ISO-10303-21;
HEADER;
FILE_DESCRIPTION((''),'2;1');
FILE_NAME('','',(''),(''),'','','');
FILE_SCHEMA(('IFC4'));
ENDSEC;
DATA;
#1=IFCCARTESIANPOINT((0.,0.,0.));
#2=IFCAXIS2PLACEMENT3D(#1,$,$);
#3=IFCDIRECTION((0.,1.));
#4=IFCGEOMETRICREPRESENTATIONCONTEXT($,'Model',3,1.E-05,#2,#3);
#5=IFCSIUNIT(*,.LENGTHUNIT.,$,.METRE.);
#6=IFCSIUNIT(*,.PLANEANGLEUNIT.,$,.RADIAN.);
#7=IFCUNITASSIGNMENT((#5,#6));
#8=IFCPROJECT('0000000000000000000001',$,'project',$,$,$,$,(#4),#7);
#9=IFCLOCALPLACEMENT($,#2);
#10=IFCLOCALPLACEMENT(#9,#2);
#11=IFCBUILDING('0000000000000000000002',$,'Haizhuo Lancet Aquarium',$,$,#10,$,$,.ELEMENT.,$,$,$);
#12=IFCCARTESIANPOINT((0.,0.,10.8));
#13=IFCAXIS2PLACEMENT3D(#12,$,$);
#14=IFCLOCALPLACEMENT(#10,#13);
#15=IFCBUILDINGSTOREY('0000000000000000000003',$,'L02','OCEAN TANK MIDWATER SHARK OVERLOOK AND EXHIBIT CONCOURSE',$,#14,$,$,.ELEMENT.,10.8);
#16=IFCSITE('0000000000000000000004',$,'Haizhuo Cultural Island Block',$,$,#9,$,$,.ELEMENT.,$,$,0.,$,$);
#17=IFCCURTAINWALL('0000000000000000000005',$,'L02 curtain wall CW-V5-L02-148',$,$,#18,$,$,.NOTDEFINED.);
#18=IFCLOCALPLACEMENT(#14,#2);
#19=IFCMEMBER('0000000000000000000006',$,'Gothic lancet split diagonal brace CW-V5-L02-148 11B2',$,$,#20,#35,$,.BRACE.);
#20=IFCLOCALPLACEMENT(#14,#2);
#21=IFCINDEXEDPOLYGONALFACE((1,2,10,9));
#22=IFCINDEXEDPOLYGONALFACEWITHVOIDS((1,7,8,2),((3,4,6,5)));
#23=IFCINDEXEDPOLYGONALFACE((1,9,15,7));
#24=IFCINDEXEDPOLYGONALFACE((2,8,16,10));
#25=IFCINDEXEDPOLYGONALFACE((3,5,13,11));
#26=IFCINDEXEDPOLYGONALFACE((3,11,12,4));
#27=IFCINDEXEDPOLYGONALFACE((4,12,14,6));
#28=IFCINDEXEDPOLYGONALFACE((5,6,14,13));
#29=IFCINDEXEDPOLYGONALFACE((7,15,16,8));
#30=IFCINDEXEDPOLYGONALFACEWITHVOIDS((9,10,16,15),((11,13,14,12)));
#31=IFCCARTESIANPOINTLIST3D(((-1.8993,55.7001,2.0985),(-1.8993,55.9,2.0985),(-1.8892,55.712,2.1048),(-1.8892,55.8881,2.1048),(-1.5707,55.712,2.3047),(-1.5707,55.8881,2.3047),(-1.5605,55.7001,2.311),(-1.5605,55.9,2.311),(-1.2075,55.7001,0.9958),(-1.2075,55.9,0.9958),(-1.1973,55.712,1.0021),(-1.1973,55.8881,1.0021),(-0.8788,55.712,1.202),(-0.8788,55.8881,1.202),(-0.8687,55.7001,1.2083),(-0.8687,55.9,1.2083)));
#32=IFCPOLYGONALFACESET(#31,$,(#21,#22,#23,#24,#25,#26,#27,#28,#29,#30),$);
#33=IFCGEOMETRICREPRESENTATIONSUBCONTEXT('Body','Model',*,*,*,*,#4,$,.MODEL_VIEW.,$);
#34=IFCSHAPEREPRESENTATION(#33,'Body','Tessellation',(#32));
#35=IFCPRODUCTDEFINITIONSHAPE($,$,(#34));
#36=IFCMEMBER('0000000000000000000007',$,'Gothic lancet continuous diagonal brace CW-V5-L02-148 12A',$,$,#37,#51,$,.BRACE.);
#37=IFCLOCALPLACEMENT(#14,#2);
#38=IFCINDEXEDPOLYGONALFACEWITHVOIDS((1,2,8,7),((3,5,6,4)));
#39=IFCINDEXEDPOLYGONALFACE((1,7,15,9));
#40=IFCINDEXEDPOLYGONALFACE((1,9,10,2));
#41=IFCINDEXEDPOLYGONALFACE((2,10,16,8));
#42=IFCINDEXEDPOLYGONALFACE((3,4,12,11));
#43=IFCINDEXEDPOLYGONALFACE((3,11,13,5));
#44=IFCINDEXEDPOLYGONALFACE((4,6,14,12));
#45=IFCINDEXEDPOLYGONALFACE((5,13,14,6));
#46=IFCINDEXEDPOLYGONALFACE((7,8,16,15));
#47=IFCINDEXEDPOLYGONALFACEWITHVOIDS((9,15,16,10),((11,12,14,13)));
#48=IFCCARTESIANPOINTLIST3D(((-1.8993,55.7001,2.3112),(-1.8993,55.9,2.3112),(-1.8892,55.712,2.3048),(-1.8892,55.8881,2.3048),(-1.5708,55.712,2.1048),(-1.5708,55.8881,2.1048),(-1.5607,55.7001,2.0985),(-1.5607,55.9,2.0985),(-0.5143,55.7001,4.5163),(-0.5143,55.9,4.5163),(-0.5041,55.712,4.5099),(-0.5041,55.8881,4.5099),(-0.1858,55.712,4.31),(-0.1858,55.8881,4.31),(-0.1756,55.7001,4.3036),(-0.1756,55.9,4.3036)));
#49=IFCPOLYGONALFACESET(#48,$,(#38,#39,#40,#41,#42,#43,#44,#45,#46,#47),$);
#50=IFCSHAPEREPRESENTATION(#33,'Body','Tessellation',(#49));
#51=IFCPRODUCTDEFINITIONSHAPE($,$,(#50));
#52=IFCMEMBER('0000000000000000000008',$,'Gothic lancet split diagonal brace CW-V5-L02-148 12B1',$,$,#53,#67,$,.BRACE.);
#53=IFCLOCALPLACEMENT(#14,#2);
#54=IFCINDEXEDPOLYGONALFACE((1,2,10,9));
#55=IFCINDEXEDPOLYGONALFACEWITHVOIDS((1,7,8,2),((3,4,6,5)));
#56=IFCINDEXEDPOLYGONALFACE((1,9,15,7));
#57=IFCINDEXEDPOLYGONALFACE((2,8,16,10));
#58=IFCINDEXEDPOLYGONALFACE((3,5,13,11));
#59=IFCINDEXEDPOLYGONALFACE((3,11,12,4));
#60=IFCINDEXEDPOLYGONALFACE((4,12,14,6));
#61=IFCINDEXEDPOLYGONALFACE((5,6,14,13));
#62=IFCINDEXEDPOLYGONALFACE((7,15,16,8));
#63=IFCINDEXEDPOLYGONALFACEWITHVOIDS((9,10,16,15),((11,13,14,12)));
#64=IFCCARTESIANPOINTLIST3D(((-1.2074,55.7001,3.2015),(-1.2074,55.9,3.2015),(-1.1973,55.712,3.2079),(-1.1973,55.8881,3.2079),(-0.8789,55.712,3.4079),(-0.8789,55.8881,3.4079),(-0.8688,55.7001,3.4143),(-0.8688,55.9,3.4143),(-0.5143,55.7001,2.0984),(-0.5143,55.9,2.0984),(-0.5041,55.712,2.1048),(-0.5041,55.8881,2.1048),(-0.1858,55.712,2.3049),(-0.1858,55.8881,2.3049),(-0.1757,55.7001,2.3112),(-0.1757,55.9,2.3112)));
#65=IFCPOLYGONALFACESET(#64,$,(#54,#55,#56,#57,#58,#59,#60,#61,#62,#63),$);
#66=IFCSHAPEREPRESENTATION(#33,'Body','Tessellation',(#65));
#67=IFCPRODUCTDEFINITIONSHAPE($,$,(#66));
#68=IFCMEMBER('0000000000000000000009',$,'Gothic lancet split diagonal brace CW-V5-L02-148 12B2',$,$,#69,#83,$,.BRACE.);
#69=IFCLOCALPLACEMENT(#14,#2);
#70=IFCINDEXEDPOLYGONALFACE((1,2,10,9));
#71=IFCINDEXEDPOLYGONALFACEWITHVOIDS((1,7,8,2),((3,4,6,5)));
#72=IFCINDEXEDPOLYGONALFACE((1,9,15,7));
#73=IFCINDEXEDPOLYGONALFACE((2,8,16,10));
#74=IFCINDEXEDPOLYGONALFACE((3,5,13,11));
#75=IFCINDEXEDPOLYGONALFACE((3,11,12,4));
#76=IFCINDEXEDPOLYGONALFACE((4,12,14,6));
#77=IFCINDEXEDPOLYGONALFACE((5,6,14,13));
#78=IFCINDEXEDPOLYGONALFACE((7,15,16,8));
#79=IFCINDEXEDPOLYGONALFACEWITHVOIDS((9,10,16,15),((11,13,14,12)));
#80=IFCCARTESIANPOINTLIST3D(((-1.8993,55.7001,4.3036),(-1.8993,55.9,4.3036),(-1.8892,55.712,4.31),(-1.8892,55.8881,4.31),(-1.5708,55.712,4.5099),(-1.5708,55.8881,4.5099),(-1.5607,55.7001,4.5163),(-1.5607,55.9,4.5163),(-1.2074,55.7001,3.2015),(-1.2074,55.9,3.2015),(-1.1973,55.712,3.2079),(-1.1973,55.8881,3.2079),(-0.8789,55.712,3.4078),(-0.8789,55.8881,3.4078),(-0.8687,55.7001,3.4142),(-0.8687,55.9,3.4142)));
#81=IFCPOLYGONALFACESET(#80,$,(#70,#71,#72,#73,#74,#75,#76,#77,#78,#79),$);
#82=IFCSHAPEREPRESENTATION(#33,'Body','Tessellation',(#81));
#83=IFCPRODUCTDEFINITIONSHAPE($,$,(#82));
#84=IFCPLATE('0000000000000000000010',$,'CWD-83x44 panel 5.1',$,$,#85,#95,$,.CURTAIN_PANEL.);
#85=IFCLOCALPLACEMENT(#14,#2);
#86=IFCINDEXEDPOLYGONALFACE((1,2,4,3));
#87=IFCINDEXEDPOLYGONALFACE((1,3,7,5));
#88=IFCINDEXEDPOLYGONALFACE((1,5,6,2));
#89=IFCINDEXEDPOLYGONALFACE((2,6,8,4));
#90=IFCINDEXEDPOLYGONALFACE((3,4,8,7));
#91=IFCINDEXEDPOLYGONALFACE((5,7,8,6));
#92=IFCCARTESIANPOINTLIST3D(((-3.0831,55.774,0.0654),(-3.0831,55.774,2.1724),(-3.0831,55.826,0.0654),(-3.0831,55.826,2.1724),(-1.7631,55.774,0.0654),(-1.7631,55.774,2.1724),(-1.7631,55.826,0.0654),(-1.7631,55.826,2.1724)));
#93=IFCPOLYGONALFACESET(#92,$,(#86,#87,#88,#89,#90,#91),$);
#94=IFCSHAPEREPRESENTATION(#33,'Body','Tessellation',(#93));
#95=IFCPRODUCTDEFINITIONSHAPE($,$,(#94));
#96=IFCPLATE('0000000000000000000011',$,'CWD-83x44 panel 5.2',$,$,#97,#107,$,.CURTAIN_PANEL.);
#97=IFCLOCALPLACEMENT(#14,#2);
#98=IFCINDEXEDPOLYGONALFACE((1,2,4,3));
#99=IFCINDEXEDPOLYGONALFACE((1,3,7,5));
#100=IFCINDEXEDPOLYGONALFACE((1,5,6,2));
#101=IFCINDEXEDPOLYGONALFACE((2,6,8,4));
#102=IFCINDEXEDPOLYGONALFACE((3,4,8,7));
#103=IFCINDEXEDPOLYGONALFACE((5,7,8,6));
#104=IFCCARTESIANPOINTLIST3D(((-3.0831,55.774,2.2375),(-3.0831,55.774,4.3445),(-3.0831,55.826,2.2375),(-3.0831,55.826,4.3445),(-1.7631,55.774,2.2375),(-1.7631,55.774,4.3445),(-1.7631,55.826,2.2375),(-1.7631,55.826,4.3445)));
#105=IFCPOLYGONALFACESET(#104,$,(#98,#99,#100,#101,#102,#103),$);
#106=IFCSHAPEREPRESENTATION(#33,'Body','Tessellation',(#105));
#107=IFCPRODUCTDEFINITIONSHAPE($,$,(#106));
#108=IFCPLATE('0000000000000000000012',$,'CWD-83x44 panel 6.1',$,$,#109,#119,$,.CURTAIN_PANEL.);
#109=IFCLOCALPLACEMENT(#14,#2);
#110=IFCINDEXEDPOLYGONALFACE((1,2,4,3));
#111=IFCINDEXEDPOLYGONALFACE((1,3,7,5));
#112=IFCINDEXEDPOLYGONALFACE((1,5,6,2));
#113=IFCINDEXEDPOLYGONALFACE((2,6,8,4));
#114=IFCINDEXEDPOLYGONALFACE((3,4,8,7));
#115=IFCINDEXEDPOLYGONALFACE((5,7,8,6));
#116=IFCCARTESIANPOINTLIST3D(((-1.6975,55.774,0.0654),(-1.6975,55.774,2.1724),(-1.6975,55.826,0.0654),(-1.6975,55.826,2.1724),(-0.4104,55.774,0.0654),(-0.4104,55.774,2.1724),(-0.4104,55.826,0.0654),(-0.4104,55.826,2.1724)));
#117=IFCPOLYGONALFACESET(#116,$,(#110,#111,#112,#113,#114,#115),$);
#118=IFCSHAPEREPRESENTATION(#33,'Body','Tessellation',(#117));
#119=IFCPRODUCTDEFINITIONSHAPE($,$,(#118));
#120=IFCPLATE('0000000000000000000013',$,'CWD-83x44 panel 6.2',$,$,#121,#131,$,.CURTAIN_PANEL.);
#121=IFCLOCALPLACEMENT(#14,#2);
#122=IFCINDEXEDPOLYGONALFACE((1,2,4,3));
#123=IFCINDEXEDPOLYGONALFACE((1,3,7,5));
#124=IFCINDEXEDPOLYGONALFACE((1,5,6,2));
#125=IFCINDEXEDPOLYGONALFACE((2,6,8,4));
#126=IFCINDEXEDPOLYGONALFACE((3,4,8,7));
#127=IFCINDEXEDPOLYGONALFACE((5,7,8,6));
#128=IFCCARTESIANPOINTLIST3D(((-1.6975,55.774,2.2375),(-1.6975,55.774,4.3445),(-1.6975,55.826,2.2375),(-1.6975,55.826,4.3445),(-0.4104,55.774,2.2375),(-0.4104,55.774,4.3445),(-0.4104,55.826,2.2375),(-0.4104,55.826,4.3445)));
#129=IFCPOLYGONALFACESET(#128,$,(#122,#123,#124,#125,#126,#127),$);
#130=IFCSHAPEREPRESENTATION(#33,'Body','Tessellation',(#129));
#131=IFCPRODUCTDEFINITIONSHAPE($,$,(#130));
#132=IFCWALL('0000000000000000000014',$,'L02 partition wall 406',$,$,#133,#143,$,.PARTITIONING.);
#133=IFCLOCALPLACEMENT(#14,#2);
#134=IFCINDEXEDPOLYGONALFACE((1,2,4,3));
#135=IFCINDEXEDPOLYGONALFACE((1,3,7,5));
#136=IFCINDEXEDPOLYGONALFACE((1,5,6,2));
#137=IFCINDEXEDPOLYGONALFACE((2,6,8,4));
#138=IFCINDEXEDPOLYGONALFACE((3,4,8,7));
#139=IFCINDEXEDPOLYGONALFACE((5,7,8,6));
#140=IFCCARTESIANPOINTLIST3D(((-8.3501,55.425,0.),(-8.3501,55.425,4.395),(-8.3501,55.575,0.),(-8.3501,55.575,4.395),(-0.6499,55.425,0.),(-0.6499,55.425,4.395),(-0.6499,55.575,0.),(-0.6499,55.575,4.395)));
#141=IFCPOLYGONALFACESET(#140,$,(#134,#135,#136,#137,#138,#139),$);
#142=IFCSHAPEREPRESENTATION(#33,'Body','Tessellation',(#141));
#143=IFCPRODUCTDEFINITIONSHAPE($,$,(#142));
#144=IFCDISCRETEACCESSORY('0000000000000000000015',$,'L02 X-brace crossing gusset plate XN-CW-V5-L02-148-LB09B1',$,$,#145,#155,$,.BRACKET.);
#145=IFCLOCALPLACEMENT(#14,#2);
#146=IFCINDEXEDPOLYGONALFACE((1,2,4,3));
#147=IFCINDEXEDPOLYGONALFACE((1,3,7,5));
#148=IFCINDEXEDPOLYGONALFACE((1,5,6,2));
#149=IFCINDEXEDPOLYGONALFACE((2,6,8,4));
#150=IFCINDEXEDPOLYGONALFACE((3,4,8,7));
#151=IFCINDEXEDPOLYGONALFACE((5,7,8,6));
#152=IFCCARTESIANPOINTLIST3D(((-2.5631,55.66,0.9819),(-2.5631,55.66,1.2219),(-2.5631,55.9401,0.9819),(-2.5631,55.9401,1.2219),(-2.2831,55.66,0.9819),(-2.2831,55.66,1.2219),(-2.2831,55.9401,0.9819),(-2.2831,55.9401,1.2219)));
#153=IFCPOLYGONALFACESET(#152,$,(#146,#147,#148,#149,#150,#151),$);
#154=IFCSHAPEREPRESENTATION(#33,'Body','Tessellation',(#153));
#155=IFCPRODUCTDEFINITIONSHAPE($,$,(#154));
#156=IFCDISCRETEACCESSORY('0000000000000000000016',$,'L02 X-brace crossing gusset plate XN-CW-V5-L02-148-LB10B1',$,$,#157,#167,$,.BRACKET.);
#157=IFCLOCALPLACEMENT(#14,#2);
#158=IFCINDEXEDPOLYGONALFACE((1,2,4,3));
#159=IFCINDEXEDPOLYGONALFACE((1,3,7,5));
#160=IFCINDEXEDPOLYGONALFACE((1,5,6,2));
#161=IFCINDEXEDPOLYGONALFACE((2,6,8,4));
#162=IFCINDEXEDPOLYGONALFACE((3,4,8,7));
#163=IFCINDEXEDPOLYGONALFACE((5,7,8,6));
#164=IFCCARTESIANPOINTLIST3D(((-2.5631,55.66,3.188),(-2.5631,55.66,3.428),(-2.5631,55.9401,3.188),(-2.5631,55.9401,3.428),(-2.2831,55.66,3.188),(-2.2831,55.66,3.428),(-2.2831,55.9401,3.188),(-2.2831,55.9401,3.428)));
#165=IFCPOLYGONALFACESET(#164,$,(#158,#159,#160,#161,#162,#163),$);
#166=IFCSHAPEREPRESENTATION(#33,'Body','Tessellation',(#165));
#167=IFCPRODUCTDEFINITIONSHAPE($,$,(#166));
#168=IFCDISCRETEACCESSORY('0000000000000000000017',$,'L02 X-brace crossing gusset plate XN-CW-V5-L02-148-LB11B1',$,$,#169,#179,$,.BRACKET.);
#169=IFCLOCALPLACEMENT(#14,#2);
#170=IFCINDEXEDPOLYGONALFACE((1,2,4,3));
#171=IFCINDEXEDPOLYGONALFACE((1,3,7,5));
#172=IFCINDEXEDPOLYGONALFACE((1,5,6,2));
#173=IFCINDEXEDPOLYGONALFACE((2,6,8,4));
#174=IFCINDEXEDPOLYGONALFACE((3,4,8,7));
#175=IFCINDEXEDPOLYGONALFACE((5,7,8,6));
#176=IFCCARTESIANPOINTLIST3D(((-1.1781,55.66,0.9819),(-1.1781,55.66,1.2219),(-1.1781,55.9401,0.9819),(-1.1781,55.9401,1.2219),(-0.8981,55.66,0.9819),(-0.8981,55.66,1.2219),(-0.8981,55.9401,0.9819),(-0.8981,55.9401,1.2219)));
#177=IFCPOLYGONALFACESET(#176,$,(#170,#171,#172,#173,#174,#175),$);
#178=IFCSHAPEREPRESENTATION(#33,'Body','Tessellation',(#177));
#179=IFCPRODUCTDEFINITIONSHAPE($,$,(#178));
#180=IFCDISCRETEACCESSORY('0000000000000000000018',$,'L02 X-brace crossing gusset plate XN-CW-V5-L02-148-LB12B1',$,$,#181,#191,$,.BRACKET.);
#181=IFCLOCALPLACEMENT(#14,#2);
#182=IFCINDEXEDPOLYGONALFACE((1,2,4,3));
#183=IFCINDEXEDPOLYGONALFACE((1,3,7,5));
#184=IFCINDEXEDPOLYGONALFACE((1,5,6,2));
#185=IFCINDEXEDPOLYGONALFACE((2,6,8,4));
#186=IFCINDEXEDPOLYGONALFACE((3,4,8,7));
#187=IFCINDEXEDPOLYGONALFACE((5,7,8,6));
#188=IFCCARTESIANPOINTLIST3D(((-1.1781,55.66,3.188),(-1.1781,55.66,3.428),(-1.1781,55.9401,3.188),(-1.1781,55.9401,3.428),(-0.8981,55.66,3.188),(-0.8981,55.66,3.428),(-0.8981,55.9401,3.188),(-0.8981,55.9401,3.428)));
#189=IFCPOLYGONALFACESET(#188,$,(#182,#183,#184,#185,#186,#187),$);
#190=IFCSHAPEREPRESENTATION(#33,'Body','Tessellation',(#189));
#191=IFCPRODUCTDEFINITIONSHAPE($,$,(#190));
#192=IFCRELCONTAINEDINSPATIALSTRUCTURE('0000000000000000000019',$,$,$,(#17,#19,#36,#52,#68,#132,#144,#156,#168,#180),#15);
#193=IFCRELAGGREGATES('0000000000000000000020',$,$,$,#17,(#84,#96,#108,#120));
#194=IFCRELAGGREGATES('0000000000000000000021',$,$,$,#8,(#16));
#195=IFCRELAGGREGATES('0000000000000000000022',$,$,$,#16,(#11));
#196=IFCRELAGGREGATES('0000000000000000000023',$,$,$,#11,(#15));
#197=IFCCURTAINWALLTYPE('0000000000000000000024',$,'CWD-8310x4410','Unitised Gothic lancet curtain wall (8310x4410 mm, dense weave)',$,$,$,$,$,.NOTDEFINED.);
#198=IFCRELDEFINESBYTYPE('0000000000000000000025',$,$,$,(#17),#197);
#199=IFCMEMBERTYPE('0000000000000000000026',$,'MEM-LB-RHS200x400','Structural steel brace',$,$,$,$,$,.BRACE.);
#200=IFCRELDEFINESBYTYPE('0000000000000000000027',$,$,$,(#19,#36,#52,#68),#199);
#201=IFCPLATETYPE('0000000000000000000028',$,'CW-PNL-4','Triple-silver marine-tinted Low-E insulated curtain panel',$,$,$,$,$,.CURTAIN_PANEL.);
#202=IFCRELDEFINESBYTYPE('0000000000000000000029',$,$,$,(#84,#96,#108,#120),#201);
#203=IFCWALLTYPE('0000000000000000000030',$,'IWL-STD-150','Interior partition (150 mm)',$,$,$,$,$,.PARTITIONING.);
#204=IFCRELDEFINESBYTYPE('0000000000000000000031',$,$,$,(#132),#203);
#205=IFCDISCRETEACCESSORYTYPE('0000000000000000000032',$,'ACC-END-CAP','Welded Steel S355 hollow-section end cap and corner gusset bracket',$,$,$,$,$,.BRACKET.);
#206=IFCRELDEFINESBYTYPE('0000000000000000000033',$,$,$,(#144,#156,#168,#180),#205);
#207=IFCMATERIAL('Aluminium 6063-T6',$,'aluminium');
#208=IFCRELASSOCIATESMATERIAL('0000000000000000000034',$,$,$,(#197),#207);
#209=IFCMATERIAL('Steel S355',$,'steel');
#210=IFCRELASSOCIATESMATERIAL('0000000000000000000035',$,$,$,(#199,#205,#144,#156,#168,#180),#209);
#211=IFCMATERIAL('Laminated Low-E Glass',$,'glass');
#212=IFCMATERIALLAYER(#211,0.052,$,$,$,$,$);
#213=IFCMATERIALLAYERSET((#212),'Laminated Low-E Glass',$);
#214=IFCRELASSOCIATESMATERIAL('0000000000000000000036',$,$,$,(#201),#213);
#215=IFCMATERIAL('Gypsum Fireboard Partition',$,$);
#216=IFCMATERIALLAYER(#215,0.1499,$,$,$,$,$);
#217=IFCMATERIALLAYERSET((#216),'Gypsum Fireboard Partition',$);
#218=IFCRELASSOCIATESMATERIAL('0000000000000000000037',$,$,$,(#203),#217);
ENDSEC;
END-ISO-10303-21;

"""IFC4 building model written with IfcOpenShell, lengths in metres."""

from ifc_helpers import new_model, si_unit, direction, frame, frame_2d, origin, origin_2d, place, context, subcontext, project, spatial, rectangle, hollow_rectangle, extrude, material, layer, layer_set, material_profile, profile_set, type_object, element, aggregate, save


model = new_model("IFC4")

# Units and contexts
model_context = context("Model", 3, precision=1e-05, world=origin(), true_north=direction((0.0, 1.0)))
body_context = subcontext(model_context, "Body", "Model", "MODEL_VIEW")
ifc_project = project(units=[si_unit("LENGTHUNIT", "METRE"), si_unit("PLANEANGLEUNIT", "RADIAN")], contexts=[model_context])

# Site, building, storey
site_placement = place(None, origin())
site = spatial("IfcSite", under=ifc_project, at=site_placement, Name="Haizhuo Cultural Island Block", CompositionType="ELEMENT", RefElevation=0.0)
building_placement = place(site_placement, origin())
building = spatial("IfcBuilding", under=site, at=building_placement, Name="Haizhuo Lancet Aquarium", CompositionType="ELEMENT")
storey_placement = place(building_placement, frame((0.0, 0.0, 10.8)))
storey = spatial("IfcBuildingStorey", under=building, at=storey_placement, Name="L02", Description="OCEAN TANK MIDWATER SHARK OVERLOOK AND EXHIBIT CONCOURSE", CompositionType="ELEMENT", Elevation=10.8)

# Curtain wall
ifc_material_1 = material(Name="Aluminium 6063-T6", Category="aluminium")
curtain_wall_type = type_object("IfcCurtainWallType", Name="CWD-8310x4410", Description="Unitised Gothic lancet curtain wall (8310x4410 mm, dense weave)", PredefinedType="NOTDEFINED", material=ifc_material_1)
curtain_wall_placement = place(storey_placement, origin())
curtain_wall = element("IfcCurtainWall", 1, at=curtain_wall_placement, inside=storey, type_object=curtain_wall_type, Name="L02 curtain wall CW-V5-L02-148", PredefinedType="NOTDEFINED")

# Members
ifc_material_2 = material(Name="Steel S355", Category="steel")
ifc_material_profile_1 = material_profile(ifc_material_2, hollow_rectangle(XDim=0.2, YDim=0.3999, WallThickness=0.012, at=origin_2d()), Name="RHS 200x400x12")
ifc_profile_set_1 = profile_set([ifc_material_profile_1], Name="Steel S355")
member_type_1 = type_object("IfcMemberType", Name="MEM-LB-RHS200x400", Description="Structural steel brace", PredefinedType="BRACE", material=ifc_profile_set_1)
member_1_placement = place(storey_placement, frame((-1.0381, 55.8, 1.1021), z_axis=(-0.531465, 0.0, 0.84708), x_axis=(0.0, -1.0, 0.0)))
element("IfcMember", 2, at=member_1_placement, inside=storey, type_object=member_type_1, Name="Gothic lancet split diagonal brace CW-V5-L02-148 11B2", PredefinedType="BRACE", context=body_context, shape_type="SweptSolid", body=[
    extrude(hollow_rectangle(XDim=0.2, YDim=0.3999, WallThickness=0.012, at=origin_2d()), origin(), (0.0, 0.0, 1.0), 1.3018),
])
member_2_placement = place(storey_placement, frame((-1.73, 55.8, 2.2048), z_axis=(0.531885, 0.0, 0.846816), x_axis=(0.0, 1.0, 0.0)))
element("IfcMember", 3, at=member_2_placement, inside=storey, type_object=member_type_1, Name="Gothic lancet continuous diagonal brace CW-V5-L02-148 12A", PredefinedType="BRACE", context=body_context, shape_type="SweptSolid", body=[
    extrude(hollow_rectangle(XDim=0.2, YDim=0.3999, WallThickness=0.012, at=origin_2d()), origin(), (0.0, 0.0, 1.0), 2.604),
])
member_3_placement = place(storey_placement, frame((-0.345, 55.8, 2.2048), z_axis=(-0.532053, 0.0, 0.846711), x_axis=(0.0, -1.0, 0.0)))
element("IfcMember", 4, at=member_3_placement, inside=storey, type_object=member_type_1, Name="Gothic lancet split diagonal brace CW-V5-L02-148 12B1", PredefinedType="BRACE", context=body_context, shape_type="SweptSolid", body=[
    extrude(hollow_rectangle(XDim=0.2, YDim=0.3999, WallThickness=0.012, at=origin_2d()), origin(), (0.0, 0.0, 1.0), 1.3027),
])
member_4_placement = place(storey_placement, frame((-1.0381, 55.8, 3.3079), z_axis=(-0.531718, 0.0, 0.846921), x_axis=(0.0, -1.0, 0.0)))
element("IfcMember", 5, at=member_4_placement, inside=storey, type_object=member_type_1, Name="Gothic lancet split diagonal brace CW-V5-L02-148 12B2", PredefinedType="BRACE", context=body_context, shape_type="SweptSolid", body=[
    extrude(hollow_rectangle(XDim=0.2, YDim=0.3999, WallThickness=0.012, at=origin_2d()), origin(), (0.0, 0.0, 1.0), 1.3013),
])

# Plates
ifc_material_3 = material(Name="Laminated Low-E Glass", Category="glass")
ifc_layer_1 = layer(ifc_material_3, 0.052)
ifc_layer_set_1 = layer_set([ifc_layer_1], Name="Laminated Low-E Glass")
plate_type = type_object("IfcPlateType", Name="CW-PNL-4", Description="Triple-silver marine-tinted Low-E insulated curtain panel", PredefinedType="CURTAIN_PANEL", material=ifc_layer_set_1)
plate_1_placement = place(storey_placement, frame((-2.4231, 55.8, 0.0654), z_axis=(0.0, 0.0, 1.0), x_axis=(1.0, 0.0, 0.0)))
plate_1 = element("IfcPlate", 6, at=plate_1_placement, type_object=plate_type, Name="CWD-83x44 panel 5.1", PredefinedType="CURTAIN_PANEL", context=body_context, shape_type="SweptSolid", body=[
    extrude(rectangle(XDim=1.3201, YDim=0.052, at=origin_2d()), origin(), (0.0, 0.0, 1.0), 2.1069),
])
plate_2_placement = place(storey_placement, frame((-2.4231, 55.8, 2.2375), z_axis=(0.0, 0.0, 1.0), x_axis=(1.0, 0.0, 0.0)))
plate_2 = element("IfcPlate", 7, at=plate_2_placement, type_object=plate_type, Name="CWD-83x44 panel 5.2", PredefinedType="CURTAIN_PANEL", context=body_context, shape_type="SweptSolid", body=[
    extrude(rectangle(XDim=1.3201, YDim=0.052, at=origin_2d()), origin(), (0.0, 0.0, 1.0), 2.1069),
])
plate_3_placement = place(storey_placement, frame((-1.054, 55.8, 0.0654), z_axis=(0.0, 0.0, 1.0), x_axis=(1.0, 0.0, 0.0)))
plate_3 = element("IfcPlate", 8, at=plate_3_placement, type_object=plate_type, Name="CWD-83x44 panel 6.1", PredefinedType="CURTAIN_PANEL", context=body_context, shape_type="SweptSolid", body=[
    extrude(rectangle(XDim=1.2871, YDim=0.052, at=origin_2d()), origin(), (0.0, 0.0, 1.0), 2.1069),
])
plate_4_placement = place(storey_placement, frame((-1.054, 55.8, 2.2375), z_axis=(0.0, 0.0, 1.0), x_axis=(1.0, 0.0, 0.0)))
plate_4 = element("IfcPlate", 9, at=plate_4_placement, type_object=plate_type, Name="CWD-83x44 panel 6.2", PredefinedType="CURTAIN_PANEL", context=body_context, shape_type="SweptSolid", body=[
    extrude(rectangle(XDim=1.2871, YDim=0.052, at=origin_2d()), origin(), (0.0, 0.0, 1.0), 2.1069),
])
aggregate(curtain_wall, [plate_1, plate_2, plate_3, plate_4])

# Wall
ifc_material_4 = material(Name="Gypsum Fireboard Partition")
ifc_layer_2 = layer(ifc_material_4, 0.1499)
ifc_layer_set_2 = layer_set([ifc_layer_2], Name="Gypsum Fireboard Partition")
wall_type = type_object("IfcWallType", Name="IWL-STD-150", Description="Interior partition (150 mm)", PredefinedType="PARTITIONING", material=ifc_layer_set_2)
wall_placement = place(storey_placement, frame((-0.6499, 55.5, 0.0), z_axis=(0.0, 0.0, 1.0), x_axis=(-1.0, 0.0, 0.0)))
element("IfcWall", 10, at=wall_placement, inside=storey, type_object=wall_type, Name="L02 partition wall 406", PredefinedType="PARTITIONING", context=body_context, shape_type="SweptSolid", body=[
    extrude(rectangle(XDim=7.7002, YDim=0.1499, at=frame_2d((3.8501, 0.0))), origin(), (0.0, 0.0, 1.0), 4.395),
])

# Discrete accessories
discrete_accessory_type = type_object("IfcDiscreteAccessoryType", Name="ACC-END-CAP", Description="Welded Steel S355 hollow-section end cap and corner gusset bracket", PredefinedType="BRACKET", material=ifc_material_2)
for number, where, z_axis, x_axis, name in (
    (11, (-2.4231, 55.8, 0.9819), (0.0, 0.0, 1.0), (1.0, 0.0, 0.0), "L02 X-brace crossing gusset plate XN-CW-V5-L02-148-LB09B1"),
    (12, (-2.4231, 55.8, 3.188), (0.0, 0.0, 1.0), (1.0, 0.0, 0.0), "L02 X-brace crossing gusset plate XN-CW-V5-L02-148-LB10B1"),
    (13, (-1.0381, 55.8, 0.9819), (0.0, 0.0, 1.0), (1.0, 0.0, 0.0), "L02 X-brace crossing gusset plate XN-CW-V5-L02-148-LB11B1"),
    (14, (-1.0381, 55.8, 3.188), (0.0, 0.0, 1.0), (1.0, 0.0, 0.0), "L02 X-brace crossing gusset plate XN-CW-V5-L02-148-LB12B1"),
):
    element("IfcDiscreteAccessory", number, at=place(storey_placement, frame(where, z_axis=z_axis, x_axis=x_axis)), inside=storey, type_object=discrete_accessory_type, material=ifc_material_2, Name=name, PredefinedType="BRACKET", context=body_context, shape_type="SweptSolid", body=[
        extrude(rectangle(XDim=0.28, YDim=0.28, at=origin_2d()), origin(), (0.0, 0.0, 1.0), 0.24),
    ])

save(model, "model.ifc")
